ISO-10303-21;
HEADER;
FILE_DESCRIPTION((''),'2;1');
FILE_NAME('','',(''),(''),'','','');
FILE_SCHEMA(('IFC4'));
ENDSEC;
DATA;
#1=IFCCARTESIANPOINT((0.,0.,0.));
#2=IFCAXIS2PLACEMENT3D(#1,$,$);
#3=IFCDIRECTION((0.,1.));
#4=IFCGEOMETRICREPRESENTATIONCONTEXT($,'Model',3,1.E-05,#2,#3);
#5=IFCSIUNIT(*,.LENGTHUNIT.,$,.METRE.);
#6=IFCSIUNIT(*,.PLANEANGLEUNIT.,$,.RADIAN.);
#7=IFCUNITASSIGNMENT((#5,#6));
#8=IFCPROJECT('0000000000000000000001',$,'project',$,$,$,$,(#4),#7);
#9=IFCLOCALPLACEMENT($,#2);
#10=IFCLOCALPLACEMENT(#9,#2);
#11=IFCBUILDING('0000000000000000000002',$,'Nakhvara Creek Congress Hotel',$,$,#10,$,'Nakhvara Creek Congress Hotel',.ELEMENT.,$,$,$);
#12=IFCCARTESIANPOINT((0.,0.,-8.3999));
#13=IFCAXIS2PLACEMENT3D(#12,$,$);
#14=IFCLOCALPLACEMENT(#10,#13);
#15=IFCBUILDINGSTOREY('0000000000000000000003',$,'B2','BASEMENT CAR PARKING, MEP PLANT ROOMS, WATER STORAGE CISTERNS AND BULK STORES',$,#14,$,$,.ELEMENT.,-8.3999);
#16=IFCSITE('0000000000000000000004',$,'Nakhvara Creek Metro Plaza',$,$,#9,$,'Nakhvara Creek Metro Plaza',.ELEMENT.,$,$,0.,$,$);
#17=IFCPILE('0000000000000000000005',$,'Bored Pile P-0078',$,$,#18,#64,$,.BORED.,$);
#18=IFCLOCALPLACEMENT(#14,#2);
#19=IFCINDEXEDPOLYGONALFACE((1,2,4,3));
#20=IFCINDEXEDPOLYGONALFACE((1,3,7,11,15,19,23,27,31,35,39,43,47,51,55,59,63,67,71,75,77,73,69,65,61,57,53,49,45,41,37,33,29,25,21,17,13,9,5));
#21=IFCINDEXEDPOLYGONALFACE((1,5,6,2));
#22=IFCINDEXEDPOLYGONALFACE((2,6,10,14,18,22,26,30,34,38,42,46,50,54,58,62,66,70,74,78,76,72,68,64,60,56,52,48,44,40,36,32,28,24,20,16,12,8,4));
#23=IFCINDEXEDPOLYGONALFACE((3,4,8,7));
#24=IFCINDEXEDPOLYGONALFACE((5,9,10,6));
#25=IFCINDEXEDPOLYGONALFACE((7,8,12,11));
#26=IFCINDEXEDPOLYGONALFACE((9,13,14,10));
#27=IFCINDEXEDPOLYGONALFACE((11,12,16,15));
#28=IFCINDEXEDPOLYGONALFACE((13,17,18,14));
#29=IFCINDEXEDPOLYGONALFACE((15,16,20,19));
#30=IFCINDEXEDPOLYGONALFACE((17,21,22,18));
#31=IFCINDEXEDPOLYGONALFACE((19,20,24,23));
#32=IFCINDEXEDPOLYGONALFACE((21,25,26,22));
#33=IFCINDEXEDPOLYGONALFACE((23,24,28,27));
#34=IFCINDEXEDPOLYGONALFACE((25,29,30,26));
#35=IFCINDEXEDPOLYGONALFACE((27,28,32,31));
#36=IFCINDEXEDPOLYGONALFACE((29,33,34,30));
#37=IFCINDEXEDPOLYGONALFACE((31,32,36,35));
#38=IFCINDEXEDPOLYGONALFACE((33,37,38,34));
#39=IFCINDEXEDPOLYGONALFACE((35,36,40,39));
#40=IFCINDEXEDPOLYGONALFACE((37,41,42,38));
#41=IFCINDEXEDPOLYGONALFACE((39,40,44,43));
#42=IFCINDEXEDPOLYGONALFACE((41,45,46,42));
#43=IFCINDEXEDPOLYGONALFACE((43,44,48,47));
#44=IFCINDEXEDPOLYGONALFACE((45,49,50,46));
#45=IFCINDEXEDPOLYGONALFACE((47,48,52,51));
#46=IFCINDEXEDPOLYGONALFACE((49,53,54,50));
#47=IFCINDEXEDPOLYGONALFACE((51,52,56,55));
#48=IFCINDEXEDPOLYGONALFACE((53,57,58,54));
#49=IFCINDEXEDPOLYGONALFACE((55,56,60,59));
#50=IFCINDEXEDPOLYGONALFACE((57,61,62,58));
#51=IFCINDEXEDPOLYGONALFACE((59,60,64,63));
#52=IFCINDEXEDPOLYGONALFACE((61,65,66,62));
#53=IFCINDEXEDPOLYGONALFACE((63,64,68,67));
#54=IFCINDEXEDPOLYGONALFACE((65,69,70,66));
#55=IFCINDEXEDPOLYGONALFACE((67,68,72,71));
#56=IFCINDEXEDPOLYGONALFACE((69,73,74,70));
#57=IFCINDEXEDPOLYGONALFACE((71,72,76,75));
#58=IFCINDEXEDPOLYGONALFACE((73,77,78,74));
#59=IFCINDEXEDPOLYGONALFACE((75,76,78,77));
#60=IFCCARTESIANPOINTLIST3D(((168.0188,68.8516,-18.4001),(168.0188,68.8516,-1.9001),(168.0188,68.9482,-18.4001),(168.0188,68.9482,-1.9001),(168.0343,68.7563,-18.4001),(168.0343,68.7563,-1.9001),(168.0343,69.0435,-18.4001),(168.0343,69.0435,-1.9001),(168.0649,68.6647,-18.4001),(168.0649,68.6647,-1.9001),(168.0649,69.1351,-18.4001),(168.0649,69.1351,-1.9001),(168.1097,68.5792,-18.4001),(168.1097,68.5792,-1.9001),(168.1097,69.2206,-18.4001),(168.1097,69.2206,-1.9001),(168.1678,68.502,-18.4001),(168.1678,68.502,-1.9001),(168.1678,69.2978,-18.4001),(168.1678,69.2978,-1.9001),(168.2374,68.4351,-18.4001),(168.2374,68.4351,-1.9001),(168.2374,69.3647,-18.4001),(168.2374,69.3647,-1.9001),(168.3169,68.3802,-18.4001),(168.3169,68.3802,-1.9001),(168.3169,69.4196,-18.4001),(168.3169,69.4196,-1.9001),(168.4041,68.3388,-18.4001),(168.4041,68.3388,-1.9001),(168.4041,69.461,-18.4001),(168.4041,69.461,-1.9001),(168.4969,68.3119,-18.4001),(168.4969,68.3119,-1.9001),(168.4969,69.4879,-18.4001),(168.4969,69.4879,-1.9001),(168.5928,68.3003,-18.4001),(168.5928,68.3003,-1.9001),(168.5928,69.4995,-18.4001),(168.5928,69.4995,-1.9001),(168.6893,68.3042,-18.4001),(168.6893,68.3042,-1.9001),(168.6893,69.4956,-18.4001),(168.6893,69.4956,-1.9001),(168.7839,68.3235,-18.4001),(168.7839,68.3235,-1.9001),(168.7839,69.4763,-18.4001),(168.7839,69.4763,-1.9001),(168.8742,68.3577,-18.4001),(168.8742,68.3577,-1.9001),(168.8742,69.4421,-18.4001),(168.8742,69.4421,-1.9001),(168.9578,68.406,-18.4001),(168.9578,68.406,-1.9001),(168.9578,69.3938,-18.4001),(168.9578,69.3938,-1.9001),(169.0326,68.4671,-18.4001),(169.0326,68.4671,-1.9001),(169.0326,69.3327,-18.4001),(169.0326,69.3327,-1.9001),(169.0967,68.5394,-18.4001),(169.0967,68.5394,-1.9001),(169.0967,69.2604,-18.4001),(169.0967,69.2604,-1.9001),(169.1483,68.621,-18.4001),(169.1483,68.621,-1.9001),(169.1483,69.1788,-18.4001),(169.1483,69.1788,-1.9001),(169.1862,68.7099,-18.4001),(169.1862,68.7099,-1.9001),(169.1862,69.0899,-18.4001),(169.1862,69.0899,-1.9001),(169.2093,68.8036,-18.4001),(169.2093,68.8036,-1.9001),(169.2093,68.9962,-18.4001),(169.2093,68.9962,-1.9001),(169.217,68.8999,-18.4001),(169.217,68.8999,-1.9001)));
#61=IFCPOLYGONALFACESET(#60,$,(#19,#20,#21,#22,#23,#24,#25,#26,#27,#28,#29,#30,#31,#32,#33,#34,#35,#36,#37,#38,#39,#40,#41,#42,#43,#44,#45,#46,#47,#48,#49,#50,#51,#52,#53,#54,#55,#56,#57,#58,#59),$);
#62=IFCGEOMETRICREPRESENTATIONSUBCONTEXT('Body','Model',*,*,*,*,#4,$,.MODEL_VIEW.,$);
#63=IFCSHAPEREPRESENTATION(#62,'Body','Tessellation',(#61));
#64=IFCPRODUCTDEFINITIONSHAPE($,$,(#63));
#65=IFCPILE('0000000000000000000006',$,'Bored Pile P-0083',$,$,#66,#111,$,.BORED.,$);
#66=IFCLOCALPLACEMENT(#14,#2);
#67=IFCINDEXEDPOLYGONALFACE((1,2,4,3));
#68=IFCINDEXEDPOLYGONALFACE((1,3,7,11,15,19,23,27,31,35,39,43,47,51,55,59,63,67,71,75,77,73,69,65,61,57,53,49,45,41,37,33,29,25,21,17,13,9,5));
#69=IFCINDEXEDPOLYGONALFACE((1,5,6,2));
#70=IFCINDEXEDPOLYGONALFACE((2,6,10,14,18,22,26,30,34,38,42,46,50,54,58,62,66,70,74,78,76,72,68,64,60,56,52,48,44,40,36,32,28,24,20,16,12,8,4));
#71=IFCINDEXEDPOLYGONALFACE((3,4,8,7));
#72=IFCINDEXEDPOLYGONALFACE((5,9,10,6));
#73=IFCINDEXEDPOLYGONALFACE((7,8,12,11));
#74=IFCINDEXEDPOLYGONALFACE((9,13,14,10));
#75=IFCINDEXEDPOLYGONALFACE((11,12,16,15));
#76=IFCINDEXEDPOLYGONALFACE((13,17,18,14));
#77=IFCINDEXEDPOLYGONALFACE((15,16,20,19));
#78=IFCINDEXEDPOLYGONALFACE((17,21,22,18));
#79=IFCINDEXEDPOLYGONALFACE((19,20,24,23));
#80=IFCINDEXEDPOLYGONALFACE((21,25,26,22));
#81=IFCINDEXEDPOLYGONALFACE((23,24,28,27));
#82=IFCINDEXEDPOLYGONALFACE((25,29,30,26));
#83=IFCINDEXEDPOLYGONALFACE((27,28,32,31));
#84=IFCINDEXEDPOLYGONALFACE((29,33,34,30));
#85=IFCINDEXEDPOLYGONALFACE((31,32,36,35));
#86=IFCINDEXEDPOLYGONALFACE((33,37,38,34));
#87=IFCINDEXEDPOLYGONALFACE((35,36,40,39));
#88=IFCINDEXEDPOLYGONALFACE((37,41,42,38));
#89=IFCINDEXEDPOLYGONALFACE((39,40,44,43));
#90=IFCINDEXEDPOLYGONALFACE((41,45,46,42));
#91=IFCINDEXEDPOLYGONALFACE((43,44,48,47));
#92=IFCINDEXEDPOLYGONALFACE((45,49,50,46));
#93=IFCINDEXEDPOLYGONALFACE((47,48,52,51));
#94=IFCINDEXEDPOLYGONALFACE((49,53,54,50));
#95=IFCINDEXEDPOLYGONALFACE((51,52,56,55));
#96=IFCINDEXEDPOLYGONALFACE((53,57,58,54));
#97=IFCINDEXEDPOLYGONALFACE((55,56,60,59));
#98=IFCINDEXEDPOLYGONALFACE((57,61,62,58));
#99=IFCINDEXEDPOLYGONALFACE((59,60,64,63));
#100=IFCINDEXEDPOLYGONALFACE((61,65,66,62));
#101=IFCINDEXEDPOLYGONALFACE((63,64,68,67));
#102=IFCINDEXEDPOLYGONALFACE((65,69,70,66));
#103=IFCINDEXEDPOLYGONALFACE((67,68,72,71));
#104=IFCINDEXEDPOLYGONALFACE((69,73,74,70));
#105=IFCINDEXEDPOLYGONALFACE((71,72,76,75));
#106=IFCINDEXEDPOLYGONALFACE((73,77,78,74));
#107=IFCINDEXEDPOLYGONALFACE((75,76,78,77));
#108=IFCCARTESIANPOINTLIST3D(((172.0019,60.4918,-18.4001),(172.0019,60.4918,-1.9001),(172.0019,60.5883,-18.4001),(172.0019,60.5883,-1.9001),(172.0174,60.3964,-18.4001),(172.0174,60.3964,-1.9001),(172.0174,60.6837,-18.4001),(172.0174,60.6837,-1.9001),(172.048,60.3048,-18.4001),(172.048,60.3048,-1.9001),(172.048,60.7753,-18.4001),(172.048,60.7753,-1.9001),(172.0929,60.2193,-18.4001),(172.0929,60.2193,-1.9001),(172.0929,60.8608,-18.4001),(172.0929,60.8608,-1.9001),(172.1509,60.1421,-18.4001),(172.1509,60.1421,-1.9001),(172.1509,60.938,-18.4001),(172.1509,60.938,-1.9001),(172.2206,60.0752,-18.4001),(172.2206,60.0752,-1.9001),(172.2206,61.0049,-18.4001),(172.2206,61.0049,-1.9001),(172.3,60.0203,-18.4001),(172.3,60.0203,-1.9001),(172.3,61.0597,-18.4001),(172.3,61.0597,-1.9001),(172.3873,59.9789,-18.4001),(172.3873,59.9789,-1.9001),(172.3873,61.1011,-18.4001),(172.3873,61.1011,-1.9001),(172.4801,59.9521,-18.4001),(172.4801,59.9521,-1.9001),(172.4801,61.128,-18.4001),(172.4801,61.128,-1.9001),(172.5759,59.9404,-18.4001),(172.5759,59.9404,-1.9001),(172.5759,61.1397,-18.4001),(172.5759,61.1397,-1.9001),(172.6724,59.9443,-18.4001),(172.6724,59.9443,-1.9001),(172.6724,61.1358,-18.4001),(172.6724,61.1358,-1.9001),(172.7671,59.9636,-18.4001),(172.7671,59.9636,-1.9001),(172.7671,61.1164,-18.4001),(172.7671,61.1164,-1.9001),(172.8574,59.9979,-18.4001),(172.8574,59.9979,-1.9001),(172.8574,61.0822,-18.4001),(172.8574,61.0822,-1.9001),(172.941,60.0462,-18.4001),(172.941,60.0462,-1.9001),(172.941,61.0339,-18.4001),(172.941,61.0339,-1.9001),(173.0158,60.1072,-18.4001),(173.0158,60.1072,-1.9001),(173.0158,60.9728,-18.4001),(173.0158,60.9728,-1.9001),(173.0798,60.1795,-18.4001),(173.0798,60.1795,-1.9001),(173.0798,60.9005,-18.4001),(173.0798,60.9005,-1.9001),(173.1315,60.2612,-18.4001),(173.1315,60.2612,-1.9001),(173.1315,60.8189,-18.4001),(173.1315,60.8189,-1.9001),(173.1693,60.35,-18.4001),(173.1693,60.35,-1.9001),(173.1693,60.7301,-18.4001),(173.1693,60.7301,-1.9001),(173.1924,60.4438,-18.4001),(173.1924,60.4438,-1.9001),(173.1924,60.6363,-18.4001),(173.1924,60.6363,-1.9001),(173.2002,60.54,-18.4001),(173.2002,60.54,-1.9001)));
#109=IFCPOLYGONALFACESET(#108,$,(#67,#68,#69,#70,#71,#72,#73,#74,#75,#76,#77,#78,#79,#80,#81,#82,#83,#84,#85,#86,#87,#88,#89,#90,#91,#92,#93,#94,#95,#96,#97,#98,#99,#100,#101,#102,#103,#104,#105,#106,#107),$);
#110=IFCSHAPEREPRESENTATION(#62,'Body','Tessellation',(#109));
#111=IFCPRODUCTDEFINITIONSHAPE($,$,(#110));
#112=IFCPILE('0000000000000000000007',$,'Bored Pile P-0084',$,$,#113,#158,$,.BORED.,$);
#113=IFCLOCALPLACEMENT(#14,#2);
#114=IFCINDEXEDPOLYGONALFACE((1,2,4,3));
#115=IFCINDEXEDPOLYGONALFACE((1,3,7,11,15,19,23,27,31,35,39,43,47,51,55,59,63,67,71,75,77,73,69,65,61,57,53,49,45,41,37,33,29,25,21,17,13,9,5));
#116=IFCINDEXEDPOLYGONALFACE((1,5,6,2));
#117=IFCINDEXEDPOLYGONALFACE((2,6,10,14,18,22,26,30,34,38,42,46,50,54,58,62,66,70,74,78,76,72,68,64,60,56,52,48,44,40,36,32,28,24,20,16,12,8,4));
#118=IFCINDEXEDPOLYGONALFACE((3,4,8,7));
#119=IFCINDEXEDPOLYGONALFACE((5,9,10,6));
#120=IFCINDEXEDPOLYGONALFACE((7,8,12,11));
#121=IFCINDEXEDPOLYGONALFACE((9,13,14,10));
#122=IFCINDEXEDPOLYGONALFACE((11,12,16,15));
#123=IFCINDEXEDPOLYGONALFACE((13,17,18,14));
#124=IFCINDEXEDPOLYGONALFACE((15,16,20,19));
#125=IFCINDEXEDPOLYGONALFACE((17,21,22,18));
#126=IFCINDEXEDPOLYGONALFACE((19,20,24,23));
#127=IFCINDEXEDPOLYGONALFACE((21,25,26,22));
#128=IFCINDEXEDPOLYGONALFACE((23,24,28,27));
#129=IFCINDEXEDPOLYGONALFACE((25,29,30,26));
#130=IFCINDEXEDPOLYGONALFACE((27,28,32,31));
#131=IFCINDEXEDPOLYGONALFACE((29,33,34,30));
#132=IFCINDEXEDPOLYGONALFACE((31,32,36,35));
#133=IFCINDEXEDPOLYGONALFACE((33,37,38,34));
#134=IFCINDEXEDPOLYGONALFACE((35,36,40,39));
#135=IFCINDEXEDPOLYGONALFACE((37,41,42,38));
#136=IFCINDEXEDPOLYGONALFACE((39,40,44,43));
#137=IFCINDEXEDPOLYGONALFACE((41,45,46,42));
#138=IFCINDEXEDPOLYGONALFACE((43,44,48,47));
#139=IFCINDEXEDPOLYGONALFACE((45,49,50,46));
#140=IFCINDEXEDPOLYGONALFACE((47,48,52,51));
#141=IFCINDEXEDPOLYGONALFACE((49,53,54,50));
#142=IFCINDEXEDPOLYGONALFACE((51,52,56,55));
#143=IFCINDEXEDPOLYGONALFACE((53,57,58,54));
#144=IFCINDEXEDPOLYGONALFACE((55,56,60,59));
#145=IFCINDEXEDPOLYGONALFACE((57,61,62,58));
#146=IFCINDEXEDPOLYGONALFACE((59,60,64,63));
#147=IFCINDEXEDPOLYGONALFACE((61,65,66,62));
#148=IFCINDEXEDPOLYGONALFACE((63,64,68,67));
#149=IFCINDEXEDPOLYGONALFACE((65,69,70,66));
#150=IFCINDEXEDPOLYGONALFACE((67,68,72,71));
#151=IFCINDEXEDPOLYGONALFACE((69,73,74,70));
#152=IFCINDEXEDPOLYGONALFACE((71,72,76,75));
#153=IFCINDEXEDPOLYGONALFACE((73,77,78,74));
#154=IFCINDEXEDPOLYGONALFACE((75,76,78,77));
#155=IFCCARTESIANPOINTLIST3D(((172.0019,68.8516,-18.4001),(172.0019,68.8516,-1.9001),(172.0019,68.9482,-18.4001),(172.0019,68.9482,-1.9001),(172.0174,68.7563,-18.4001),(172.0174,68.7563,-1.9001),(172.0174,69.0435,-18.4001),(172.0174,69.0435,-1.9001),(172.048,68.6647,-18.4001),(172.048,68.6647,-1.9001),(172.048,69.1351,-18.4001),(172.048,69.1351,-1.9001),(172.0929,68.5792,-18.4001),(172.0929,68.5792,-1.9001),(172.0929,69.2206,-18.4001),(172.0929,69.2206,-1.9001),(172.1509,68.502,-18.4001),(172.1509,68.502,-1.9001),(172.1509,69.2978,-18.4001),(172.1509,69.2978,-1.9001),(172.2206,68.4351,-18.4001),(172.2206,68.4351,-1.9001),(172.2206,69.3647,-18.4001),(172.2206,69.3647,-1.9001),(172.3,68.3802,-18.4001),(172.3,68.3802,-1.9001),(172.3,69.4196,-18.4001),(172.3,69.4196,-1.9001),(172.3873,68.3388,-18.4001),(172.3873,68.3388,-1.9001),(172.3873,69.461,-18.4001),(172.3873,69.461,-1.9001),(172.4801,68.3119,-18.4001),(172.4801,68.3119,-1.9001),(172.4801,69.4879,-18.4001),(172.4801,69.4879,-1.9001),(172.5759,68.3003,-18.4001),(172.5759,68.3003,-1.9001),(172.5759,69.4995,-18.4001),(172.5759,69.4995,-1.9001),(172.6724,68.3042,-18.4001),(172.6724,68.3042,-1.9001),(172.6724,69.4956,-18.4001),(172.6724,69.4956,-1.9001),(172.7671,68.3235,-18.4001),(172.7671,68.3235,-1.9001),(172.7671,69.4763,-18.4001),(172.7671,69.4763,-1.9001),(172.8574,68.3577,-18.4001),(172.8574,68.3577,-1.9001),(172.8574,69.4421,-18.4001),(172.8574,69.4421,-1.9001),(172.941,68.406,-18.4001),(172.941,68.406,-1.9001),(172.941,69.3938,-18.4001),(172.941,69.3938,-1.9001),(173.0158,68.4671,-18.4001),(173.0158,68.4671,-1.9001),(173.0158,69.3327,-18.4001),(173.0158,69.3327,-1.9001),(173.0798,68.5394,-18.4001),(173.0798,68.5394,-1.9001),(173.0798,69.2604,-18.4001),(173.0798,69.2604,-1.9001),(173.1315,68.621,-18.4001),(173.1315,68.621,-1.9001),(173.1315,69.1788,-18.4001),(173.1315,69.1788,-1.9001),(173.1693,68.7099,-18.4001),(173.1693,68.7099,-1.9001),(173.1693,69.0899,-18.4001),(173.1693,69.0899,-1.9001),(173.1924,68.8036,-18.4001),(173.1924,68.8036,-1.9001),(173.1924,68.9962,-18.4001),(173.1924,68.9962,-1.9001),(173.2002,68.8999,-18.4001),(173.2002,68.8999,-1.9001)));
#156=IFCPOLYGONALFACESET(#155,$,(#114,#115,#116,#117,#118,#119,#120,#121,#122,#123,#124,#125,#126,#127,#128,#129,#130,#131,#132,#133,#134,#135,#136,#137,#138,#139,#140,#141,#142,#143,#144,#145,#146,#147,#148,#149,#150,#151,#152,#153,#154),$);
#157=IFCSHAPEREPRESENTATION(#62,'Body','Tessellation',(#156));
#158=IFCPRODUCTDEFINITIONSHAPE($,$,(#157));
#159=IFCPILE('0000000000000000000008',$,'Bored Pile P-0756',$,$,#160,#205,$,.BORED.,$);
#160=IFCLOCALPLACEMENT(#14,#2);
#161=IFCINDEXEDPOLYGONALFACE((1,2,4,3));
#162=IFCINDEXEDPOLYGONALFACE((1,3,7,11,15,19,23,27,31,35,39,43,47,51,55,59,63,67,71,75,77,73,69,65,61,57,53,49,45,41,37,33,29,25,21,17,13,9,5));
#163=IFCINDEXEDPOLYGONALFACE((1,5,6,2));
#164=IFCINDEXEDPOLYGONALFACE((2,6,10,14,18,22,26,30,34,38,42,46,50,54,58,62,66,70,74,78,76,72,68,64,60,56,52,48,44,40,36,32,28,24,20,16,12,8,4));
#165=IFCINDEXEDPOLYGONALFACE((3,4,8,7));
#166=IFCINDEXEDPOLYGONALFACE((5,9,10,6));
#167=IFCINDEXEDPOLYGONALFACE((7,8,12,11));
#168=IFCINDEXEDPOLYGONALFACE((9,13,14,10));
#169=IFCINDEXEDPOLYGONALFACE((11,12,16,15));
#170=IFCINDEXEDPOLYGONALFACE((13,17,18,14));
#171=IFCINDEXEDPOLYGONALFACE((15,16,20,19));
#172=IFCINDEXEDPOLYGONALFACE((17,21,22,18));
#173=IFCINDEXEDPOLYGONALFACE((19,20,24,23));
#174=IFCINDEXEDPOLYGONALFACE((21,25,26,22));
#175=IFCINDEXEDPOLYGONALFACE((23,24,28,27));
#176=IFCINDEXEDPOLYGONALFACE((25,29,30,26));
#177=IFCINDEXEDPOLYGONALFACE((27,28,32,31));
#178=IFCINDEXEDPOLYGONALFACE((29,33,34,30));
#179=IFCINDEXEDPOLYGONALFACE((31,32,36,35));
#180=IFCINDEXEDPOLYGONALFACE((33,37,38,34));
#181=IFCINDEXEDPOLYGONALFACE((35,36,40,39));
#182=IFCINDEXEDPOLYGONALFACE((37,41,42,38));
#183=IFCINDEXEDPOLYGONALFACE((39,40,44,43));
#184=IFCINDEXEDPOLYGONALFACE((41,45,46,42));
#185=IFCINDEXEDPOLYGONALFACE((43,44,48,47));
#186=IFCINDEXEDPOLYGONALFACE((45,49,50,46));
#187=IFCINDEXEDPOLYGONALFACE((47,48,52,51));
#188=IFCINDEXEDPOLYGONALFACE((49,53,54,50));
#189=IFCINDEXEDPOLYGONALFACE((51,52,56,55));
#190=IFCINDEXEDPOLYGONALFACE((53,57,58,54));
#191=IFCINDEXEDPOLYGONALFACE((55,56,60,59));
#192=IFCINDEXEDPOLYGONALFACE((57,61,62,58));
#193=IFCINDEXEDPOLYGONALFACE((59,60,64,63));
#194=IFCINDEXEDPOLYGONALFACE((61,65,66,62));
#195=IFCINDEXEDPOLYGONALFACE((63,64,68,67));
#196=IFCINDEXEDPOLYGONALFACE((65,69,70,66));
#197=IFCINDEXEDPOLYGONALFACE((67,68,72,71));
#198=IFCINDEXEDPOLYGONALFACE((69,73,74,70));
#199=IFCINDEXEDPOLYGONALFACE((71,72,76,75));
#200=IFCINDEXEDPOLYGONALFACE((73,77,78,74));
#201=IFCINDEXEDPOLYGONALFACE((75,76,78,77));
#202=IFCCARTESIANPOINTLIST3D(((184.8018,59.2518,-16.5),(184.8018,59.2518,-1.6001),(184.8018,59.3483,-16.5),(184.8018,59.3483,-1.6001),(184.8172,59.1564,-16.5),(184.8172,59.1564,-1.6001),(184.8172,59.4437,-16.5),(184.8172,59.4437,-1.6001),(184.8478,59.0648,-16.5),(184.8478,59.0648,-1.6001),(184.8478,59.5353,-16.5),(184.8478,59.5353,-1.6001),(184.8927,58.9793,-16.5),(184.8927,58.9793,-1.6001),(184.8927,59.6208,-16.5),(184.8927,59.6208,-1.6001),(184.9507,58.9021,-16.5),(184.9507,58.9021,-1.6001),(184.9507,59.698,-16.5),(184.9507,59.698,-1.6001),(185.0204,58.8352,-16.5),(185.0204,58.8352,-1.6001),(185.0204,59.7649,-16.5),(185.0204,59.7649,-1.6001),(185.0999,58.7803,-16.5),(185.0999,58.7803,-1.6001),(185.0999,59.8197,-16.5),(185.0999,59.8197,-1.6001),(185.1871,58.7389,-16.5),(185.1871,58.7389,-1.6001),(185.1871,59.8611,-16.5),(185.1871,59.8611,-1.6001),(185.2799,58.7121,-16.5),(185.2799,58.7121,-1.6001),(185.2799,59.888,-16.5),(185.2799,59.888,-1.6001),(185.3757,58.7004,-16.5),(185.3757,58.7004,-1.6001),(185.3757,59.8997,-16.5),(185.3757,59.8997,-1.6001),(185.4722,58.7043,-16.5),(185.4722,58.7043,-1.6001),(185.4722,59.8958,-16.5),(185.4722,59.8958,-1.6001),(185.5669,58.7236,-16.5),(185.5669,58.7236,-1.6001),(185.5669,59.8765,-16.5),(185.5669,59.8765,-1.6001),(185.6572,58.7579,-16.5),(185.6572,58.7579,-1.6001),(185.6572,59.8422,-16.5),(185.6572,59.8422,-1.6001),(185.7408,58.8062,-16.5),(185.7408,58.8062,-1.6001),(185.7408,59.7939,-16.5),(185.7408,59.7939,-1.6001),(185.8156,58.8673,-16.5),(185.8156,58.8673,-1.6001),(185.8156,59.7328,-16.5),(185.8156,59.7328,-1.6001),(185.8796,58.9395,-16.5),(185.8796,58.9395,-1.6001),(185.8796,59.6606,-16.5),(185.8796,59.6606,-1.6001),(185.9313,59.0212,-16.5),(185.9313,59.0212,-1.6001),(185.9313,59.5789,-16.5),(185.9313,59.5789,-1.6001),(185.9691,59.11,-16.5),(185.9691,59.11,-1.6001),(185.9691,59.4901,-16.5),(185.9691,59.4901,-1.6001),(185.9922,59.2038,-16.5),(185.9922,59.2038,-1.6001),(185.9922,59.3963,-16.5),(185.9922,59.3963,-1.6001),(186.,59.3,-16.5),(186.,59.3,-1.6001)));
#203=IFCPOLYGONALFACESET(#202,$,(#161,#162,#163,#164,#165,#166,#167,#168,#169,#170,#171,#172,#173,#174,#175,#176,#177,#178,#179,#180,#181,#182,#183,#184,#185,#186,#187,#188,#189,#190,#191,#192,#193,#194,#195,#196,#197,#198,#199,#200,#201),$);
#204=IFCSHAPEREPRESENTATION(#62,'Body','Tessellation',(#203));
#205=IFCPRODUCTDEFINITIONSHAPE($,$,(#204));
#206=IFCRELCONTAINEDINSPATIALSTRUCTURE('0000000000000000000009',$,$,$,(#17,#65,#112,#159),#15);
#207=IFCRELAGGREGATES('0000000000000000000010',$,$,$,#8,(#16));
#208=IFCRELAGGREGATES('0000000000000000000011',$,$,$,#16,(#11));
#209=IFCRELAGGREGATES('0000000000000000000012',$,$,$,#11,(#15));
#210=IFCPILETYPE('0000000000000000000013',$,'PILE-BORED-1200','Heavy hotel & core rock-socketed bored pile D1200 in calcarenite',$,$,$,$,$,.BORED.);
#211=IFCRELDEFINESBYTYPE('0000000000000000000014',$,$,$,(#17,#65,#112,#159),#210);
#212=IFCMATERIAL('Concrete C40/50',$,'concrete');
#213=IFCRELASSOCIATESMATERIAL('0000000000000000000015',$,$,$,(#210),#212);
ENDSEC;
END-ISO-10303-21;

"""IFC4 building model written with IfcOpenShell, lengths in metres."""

from ifc_helpers import new_model, si_unit, direction, frame, origin, origin_2d, place, context, subcontext, project, spatial, circle, extrude, material, material_profile, profile_set, type_object, element, save


model = new_model("IFC4")

# Units and contexts
model_context = context("Model", 3, precision=1e-05, world=origin(), true_north=direction((0.0, 1.0)))
body_context = subcontext(model_context, "Body", "Model", "MODEL_VIEW")
ifc_project = project(units=[si_unit("LENGTHUNIT", "METRE"), si_unit("PLANEANGLEUNIT", "RADIAN")], contexts=[model_context])

# Site, building, storey
site_placement = place(None, origin())
site = spatial("IfcSite", under=ifc_project, at=site_placement, Name="Nakhvara Creek Metro Plaza", LongName="Nakhvara Creek Metro Plaza", CompositionType="ELEMENT", RefElevation=0.0)
building_placement = place(site_placement, origin())
building = spatial("IfcBuilding", under=site, at=building_placement, Name="Nakhvara Creek Congress Hotel", LongName="Nakhvara Creek Congress Hotel", CompositionType="ELEMENT")
storey_placement = place(building_placement, frame((0.0, 0.0, -8.3999)))
storey = spatial("IfcBuildingStorey", under=building, at=storey_placement, Name="B2", Description="BASEMENT CAR PARKING, MEP PLANT ROOMS, WATER STORAGE CISTERNS AND BULK STORES", CompositionType="ELEMENT", Elevation=-8.3999)

# Shared definitions
ifc_material_1 = material(Name="Concrete C40/50", Category="concrete")

# Piles
ifc_material_profile_1 = material_profile(ifc_material_1, circle(Radius=0.6001, at=origin_2d()), Name="BORED PILE D1200", Category="LoadBearing")
ifc_profile_set_1 = profile_set([ifc_material_profile_1], Name="Concrete C40/50")
pile_type = type_object("IfcPileType", Name="PILE-BORED-1200", Description="Heavy hotel & core rock-socketed bored pile D1200 in calcarenite", PredefinedType="BORED", material=ifc_profile_set_1)
for number, where, z_axis, x_axis, name in (
    (1, (168.6169, 68.8999, -1.9001), (0.0, 0.0, -1.0), (1.0, 0.0, 0.0), "Bored Pile P-0078"),
    (2, (172.6001, 60.54, -1.9001), (0.0, 0.0, -1.0), (1.0, 0.0, 0.0), "Bored Pile P-0083"),
    (3, (172.6001, 68.8999, -1.9001), (0.0, 0.0, -1.0), (1.0, 0.0, 0.0), "Bored Pile P-0084"),
):
    element("IfcPile", number, at=place(storey_placement, frame(where, z_axis=z_axis, x_axis=x_axis)), inside=storey, type_object=pile_type, Name=name, PredefinedType="BORED", context=body_context, shape_type="SweptSolid", body=[
        extrude(circle(Radius=0.6001, at=origin_2d()), origin(), (0.0, 0.0, 1.0), 16.5),
    ])
for number, where, z_axis, x_axis, name in (
    (4, (185.3999, 59.3, -1.6001), (0.0, 0.0, -1.0), (1.0, 0.0, 0.0), "Bored Pile P-0756"),
):
    element("IfcPile", number, at=place(storey_placement, frame(where, z_axis=z_axis, x_axis=x_axis)), inside=storey, type_object=pile_type, Name=name, PredefinedType="BORED", context=body_context, shape_type="SweptSolid", body=[
        extrude(circle(Radius=0.6001, at=origin_2d()), origin(), (0.0, 0.0, 1.0), 14.8999),
    ])

save(model, "model.ifc")
